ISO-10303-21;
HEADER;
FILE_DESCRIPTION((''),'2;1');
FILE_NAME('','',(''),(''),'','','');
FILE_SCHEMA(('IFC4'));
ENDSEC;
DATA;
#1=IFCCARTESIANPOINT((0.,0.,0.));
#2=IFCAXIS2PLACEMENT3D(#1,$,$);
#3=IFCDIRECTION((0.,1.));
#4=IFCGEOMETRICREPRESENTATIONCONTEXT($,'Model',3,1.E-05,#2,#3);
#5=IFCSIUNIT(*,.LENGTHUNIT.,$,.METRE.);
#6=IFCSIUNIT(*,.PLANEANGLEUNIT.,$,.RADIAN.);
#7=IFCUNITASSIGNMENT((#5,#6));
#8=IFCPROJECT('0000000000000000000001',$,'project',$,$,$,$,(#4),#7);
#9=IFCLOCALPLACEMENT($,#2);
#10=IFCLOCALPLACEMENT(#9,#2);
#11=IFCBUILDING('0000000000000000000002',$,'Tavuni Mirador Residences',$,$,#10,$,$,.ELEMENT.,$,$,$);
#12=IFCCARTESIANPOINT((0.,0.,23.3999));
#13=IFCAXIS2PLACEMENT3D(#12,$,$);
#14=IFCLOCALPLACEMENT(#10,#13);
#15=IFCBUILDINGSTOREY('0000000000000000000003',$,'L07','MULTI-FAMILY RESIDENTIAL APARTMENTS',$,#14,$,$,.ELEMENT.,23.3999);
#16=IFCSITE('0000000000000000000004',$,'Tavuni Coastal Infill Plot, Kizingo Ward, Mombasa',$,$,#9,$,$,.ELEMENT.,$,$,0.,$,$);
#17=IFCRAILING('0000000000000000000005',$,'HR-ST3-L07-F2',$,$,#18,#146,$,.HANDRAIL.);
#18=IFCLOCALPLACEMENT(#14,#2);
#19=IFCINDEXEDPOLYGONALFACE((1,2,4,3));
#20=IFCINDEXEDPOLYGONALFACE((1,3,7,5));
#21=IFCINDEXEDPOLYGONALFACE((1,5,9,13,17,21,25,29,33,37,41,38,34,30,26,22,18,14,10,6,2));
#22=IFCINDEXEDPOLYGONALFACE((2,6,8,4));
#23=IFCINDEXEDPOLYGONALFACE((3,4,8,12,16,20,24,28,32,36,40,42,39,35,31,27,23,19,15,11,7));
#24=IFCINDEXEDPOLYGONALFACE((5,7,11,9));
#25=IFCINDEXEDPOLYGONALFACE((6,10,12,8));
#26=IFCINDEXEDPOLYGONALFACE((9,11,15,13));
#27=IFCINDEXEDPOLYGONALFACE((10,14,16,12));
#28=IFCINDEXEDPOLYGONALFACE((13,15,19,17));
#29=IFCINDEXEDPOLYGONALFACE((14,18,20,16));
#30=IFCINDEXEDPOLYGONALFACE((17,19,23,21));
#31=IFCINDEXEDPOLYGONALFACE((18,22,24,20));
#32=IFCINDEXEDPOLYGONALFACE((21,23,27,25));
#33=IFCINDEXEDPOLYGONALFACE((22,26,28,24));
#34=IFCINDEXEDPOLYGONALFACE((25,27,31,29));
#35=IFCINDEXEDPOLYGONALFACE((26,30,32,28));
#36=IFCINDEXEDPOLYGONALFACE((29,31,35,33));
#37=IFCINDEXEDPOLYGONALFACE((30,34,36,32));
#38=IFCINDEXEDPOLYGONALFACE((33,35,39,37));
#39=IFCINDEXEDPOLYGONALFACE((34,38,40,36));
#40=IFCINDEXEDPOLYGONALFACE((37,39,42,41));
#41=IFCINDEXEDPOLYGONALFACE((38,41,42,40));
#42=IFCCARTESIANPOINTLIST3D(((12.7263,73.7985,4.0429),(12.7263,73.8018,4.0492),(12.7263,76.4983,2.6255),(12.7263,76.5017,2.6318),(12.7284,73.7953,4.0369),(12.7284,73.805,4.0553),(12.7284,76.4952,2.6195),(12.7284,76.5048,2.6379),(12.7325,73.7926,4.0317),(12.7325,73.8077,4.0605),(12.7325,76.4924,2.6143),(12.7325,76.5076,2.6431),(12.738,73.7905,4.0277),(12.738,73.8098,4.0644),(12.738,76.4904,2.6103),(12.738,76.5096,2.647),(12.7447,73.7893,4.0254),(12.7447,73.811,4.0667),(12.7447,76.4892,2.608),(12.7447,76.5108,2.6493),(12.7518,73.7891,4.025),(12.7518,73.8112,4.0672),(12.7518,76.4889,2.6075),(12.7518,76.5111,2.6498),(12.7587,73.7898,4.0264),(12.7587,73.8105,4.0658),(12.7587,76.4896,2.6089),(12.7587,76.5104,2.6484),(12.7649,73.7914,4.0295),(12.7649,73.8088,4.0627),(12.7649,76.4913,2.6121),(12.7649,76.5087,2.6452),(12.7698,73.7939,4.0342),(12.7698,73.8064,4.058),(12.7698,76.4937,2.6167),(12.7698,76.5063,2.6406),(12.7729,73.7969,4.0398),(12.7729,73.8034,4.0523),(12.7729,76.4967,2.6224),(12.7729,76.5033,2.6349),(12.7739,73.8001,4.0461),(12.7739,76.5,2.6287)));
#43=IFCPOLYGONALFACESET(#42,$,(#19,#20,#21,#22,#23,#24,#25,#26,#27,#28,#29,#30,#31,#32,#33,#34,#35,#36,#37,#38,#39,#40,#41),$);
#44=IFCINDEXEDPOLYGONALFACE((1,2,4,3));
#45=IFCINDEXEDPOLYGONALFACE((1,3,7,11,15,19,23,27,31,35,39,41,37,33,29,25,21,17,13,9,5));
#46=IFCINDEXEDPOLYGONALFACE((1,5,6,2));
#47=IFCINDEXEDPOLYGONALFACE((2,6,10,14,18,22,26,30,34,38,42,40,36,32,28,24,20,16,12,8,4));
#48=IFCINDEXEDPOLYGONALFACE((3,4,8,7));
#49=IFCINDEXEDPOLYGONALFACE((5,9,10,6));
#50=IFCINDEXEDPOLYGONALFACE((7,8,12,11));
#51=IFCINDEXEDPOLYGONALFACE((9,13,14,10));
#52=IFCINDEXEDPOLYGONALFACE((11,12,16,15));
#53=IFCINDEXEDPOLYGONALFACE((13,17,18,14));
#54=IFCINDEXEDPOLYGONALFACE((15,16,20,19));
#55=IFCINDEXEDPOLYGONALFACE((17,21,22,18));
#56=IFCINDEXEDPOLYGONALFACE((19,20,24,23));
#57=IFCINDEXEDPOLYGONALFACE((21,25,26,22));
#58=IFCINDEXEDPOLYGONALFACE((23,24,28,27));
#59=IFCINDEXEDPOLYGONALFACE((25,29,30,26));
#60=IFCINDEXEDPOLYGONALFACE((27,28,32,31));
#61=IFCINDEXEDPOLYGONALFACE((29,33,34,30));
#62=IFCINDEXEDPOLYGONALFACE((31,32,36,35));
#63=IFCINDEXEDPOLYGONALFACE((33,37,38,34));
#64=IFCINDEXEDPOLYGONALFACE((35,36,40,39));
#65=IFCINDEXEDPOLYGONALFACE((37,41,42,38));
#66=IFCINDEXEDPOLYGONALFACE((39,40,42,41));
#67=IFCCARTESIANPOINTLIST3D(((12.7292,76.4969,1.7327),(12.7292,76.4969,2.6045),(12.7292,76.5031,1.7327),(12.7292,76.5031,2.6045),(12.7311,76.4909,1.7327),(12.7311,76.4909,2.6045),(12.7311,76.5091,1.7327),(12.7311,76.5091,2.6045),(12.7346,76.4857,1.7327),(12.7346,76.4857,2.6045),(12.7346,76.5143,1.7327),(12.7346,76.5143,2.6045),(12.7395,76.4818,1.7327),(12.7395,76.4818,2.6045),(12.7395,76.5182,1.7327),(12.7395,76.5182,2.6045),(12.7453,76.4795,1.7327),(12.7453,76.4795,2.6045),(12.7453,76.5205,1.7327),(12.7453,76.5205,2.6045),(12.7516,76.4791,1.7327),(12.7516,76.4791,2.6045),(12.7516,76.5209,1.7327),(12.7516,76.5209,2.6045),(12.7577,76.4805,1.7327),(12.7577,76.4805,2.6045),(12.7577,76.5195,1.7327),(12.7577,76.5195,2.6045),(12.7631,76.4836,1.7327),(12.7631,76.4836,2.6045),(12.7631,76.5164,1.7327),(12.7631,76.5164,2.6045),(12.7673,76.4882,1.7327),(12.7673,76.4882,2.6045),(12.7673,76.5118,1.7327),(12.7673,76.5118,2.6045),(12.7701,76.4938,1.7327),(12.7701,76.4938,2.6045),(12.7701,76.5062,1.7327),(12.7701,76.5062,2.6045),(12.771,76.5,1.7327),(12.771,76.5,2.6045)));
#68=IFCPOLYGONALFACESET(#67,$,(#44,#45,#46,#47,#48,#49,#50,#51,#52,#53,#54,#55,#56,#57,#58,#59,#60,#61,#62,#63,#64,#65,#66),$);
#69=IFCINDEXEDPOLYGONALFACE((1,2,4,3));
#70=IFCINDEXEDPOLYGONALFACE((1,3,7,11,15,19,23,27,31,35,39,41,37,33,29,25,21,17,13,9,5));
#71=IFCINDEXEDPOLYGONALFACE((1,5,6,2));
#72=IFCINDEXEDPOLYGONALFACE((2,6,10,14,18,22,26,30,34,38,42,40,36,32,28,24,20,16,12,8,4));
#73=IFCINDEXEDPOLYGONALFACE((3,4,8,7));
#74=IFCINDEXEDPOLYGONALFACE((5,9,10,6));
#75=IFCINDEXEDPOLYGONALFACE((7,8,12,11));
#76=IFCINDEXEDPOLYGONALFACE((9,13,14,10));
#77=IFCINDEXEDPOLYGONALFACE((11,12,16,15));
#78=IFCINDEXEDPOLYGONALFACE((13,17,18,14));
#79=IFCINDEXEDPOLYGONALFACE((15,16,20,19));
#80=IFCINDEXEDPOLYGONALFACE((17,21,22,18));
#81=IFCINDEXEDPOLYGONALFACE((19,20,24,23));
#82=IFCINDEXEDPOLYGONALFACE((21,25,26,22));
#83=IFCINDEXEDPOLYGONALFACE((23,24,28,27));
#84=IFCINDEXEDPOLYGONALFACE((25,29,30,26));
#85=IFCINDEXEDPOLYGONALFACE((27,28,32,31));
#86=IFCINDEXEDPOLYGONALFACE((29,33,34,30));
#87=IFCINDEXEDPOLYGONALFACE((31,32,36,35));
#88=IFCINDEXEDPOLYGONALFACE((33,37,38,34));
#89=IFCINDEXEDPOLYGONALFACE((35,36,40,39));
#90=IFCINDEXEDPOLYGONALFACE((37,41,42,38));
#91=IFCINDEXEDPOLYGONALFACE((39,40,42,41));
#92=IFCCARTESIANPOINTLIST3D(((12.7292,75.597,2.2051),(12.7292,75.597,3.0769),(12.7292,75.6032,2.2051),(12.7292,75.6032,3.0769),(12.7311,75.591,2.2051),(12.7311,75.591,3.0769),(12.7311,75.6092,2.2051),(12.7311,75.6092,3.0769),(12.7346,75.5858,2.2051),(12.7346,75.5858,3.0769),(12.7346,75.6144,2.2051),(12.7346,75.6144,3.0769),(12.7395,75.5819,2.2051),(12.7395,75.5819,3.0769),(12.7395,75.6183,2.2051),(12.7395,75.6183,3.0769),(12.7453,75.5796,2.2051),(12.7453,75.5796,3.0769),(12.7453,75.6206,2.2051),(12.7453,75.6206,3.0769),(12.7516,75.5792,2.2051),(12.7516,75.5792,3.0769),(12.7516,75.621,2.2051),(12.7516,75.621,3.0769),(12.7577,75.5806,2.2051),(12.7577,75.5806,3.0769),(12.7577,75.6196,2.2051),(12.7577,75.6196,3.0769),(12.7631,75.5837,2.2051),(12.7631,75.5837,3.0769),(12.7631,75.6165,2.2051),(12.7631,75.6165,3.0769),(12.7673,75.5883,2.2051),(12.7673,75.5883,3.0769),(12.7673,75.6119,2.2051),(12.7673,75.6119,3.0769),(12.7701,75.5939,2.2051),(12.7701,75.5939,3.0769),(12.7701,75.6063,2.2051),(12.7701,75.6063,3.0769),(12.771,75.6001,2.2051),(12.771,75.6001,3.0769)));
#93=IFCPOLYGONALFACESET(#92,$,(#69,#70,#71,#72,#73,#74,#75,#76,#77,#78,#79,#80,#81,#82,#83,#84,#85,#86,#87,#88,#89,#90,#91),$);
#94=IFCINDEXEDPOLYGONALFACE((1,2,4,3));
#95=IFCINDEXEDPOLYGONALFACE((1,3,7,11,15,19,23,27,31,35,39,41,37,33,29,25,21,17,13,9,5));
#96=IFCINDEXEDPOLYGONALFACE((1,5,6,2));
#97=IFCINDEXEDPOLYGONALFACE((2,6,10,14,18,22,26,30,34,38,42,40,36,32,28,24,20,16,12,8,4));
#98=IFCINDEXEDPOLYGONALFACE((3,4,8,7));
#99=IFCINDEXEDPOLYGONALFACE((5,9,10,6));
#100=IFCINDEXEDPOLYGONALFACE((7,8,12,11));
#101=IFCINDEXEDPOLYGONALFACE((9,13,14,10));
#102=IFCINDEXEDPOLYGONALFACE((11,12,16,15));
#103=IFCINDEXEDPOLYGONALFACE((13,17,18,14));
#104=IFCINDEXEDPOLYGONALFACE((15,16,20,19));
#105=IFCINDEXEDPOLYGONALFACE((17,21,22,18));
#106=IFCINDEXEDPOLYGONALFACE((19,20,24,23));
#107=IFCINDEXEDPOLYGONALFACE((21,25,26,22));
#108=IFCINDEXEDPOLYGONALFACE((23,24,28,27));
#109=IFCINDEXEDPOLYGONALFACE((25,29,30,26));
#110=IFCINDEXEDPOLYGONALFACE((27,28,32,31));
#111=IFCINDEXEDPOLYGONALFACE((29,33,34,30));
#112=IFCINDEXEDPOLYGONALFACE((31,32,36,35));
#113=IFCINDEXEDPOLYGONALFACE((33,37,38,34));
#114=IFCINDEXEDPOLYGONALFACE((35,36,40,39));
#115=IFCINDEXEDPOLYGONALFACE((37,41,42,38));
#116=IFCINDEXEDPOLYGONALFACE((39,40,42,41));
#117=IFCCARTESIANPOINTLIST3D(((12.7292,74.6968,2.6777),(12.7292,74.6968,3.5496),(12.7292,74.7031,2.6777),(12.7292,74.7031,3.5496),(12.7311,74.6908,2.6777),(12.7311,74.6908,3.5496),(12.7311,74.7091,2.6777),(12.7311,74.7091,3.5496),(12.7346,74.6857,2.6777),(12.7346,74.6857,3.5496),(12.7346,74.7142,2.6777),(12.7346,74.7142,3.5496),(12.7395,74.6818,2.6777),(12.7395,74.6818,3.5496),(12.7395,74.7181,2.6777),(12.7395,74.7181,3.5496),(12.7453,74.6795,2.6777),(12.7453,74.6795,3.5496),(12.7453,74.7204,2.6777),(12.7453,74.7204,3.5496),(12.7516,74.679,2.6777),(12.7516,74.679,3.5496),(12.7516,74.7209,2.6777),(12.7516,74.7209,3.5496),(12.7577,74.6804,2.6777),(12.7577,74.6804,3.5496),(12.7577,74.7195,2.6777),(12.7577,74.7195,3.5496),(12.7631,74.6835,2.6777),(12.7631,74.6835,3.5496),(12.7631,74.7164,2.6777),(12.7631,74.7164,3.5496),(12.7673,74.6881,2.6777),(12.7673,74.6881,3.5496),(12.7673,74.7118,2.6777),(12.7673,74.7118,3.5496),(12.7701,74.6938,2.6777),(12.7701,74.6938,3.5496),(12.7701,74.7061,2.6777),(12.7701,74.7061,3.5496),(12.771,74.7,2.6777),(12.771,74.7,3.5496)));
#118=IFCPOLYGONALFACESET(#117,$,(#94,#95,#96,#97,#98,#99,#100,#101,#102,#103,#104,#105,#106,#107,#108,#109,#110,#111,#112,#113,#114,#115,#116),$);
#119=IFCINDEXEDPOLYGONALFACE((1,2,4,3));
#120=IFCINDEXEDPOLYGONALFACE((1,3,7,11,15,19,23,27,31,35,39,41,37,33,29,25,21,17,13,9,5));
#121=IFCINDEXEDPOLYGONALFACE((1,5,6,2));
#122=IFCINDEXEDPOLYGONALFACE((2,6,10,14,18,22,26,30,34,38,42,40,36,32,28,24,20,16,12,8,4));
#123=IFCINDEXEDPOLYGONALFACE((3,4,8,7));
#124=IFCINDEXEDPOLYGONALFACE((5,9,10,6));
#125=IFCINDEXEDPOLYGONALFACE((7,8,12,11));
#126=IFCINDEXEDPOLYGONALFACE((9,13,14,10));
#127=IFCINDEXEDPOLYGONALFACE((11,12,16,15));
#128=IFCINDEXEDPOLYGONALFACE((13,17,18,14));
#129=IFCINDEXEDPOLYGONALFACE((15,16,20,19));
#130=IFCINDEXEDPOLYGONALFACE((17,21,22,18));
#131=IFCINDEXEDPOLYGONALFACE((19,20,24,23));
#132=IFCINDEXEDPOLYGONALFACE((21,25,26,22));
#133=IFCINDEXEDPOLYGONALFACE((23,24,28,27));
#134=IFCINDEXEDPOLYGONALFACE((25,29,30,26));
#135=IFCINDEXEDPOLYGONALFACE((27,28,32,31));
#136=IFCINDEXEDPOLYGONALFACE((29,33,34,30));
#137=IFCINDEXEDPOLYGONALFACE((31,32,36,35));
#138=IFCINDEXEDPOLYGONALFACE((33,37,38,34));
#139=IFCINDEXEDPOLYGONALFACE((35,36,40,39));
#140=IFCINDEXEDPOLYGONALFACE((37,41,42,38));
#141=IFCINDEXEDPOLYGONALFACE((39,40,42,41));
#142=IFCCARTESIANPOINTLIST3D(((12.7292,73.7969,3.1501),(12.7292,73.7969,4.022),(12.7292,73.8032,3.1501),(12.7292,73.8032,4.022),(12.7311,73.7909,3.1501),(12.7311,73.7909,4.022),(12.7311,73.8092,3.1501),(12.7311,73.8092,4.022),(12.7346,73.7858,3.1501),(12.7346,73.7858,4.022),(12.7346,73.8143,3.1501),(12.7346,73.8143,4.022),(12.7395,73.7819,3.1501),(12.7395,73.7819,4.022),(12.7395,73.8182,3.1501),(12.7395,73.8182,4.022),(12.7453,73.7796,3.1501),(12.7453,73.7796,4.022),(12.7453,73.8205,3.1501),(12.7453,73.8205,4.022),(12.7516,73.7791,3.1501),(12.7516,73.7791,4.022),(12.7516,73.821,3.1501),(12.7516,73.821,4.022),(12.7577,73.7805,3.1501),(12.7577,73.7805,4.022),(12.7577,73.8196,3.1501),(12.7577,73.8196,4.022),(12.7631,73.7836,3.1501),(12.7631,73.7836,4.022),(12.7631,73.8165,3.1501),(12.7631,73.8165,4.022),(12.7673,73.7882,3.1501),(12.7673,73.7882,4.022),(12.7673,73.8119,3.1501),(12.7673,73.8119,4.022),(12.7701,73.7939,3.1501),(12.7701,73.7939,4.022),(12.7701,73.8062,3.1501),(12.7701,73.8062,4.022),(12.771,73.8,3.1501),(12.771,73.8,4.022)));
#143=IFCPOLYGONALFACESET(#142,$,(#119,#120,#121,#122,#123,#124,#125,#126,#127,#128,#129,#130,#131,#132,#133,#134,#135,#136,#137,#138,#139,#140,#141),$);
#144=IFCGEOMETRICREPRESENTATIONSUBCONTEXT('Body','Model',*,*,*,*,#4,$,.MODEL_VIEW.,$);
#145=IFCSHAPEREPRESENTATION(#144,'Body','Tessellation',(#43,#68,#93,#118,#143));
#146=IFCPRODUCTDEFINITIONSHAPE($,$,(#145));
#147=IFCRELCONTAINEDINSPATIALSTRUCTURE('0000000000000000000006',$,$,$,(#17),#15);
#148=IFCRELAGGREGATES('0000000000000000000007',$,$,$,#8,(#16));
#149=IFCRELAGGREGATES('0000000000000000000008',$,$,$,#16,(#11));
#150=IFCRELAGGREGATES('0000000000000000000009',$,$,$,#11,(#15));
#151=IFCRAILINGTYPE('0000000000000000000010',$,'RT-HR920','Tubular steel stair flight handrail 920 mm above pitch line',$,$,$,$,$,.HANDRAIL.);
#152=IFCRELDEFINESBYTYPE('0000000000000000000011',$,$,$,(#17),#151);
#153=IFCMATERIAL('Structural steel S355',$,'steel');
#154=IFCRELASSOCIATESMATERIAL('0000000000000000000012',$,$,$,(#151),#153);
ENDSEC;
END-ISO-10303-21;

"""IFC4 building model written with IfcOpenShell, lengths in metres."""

from ifc_helpers import new_model, si_unit, direction, frame, origin, origin_2d, place, context, subcontext, project, spatial, circle, extrude, material, type_object, element, save


model = new_model("IFC4")

# Units and contexts
model_context = context("Model", 3, precision=1e-05, world=origin(), true_north=direction((0.0, 1.0)))
body_context = subcontext(model_context, "Body", "Model", "MODEL_VIEW")
ifc_project = project(units=[si_unit("LENGTHUNIT", "METRE"), si_unit("PLANEANGLEUNIT", "RADIAN")], contexts=[model_context])

# Site, building, storey
site_placement = place(None, origin())
site = spatial("IfcSite", under=ifc_project, at=site_placement, Name="Tavuni Coastal Infill Plot, Kizingo Ward, Mombasa", CompositionType="ELEMENT", RefElevation=0.0)
building_placement = place(site_placement, origin())
building = spatial("IfcBuilding", under=site, at=building_placement, Name="Tavuni Mirador Residences", CompositionType="ELEMENT")
storey_placement = place(building_placement, frame((0.0, 0.0, 23.3999)))
storey = spatial("IfcBuildingStorey", under=building, at=storey_placement, Name="L07", Description="MULTI-FAMILY RESIDENTIAL APARTMENTS", CompositionType="ELEMENT", Elevation=23.3999)

# Shared definitions
ifc_material_1 = material(Name="Structural steel S355", Category="steel")

# Railing
railing_type_1 = type_object("IfcRailingType", Name="RT-HR920", Description="Tubular steel stair flight handrail 920 mm above pitch line", PredefinedType="HANDRAIL", material=ifc_material_1)
railing_1_placement = place(storey_placement, frame((12.75, 76.5, 1.7327)))
element("IfcRailing", 1, at=railing_1_placement, inside=storey, type_object=railing_type_1, Name="HR-ST3-L07-F2", PredefinedType="HANDRAIL", context=body_context, shape_type="SweptSolid", body=[
    extrude(circle(Radius=0.0239, at=origin_2d()), frame((0.0, 0.0, 0.896), z_axis=(0.0, -0.885397, 0.464835), x_axis=(1.0, 0.0, 0.0)), (0.0, 0.0, 1.0), 3.0493),
    extrude(circle(Radius=0.021, at=origin_2d()), origin(), (0.0, 0.0, 1.0), 0.8718),
    extrude(circle(Radius=0.021, at=origin_2d()), frame((0.0, -0.8999, 0.4724)), (0.0, 0.0, 1.0), 0.8718),
    extrude(circle(Radius=0.021, at=origin_2d()), frame((0.0, -1.8, 0.9451)), (0.0, 0.0, 1.0), 0.8718),
    extrude(circle(Radius=0.021, at=origin_2d()), frame((0.0, -2.7, 1.4175)), (0.0, 0.0, 1.0), 0.8718),
])

save(model, "model.ifc")
